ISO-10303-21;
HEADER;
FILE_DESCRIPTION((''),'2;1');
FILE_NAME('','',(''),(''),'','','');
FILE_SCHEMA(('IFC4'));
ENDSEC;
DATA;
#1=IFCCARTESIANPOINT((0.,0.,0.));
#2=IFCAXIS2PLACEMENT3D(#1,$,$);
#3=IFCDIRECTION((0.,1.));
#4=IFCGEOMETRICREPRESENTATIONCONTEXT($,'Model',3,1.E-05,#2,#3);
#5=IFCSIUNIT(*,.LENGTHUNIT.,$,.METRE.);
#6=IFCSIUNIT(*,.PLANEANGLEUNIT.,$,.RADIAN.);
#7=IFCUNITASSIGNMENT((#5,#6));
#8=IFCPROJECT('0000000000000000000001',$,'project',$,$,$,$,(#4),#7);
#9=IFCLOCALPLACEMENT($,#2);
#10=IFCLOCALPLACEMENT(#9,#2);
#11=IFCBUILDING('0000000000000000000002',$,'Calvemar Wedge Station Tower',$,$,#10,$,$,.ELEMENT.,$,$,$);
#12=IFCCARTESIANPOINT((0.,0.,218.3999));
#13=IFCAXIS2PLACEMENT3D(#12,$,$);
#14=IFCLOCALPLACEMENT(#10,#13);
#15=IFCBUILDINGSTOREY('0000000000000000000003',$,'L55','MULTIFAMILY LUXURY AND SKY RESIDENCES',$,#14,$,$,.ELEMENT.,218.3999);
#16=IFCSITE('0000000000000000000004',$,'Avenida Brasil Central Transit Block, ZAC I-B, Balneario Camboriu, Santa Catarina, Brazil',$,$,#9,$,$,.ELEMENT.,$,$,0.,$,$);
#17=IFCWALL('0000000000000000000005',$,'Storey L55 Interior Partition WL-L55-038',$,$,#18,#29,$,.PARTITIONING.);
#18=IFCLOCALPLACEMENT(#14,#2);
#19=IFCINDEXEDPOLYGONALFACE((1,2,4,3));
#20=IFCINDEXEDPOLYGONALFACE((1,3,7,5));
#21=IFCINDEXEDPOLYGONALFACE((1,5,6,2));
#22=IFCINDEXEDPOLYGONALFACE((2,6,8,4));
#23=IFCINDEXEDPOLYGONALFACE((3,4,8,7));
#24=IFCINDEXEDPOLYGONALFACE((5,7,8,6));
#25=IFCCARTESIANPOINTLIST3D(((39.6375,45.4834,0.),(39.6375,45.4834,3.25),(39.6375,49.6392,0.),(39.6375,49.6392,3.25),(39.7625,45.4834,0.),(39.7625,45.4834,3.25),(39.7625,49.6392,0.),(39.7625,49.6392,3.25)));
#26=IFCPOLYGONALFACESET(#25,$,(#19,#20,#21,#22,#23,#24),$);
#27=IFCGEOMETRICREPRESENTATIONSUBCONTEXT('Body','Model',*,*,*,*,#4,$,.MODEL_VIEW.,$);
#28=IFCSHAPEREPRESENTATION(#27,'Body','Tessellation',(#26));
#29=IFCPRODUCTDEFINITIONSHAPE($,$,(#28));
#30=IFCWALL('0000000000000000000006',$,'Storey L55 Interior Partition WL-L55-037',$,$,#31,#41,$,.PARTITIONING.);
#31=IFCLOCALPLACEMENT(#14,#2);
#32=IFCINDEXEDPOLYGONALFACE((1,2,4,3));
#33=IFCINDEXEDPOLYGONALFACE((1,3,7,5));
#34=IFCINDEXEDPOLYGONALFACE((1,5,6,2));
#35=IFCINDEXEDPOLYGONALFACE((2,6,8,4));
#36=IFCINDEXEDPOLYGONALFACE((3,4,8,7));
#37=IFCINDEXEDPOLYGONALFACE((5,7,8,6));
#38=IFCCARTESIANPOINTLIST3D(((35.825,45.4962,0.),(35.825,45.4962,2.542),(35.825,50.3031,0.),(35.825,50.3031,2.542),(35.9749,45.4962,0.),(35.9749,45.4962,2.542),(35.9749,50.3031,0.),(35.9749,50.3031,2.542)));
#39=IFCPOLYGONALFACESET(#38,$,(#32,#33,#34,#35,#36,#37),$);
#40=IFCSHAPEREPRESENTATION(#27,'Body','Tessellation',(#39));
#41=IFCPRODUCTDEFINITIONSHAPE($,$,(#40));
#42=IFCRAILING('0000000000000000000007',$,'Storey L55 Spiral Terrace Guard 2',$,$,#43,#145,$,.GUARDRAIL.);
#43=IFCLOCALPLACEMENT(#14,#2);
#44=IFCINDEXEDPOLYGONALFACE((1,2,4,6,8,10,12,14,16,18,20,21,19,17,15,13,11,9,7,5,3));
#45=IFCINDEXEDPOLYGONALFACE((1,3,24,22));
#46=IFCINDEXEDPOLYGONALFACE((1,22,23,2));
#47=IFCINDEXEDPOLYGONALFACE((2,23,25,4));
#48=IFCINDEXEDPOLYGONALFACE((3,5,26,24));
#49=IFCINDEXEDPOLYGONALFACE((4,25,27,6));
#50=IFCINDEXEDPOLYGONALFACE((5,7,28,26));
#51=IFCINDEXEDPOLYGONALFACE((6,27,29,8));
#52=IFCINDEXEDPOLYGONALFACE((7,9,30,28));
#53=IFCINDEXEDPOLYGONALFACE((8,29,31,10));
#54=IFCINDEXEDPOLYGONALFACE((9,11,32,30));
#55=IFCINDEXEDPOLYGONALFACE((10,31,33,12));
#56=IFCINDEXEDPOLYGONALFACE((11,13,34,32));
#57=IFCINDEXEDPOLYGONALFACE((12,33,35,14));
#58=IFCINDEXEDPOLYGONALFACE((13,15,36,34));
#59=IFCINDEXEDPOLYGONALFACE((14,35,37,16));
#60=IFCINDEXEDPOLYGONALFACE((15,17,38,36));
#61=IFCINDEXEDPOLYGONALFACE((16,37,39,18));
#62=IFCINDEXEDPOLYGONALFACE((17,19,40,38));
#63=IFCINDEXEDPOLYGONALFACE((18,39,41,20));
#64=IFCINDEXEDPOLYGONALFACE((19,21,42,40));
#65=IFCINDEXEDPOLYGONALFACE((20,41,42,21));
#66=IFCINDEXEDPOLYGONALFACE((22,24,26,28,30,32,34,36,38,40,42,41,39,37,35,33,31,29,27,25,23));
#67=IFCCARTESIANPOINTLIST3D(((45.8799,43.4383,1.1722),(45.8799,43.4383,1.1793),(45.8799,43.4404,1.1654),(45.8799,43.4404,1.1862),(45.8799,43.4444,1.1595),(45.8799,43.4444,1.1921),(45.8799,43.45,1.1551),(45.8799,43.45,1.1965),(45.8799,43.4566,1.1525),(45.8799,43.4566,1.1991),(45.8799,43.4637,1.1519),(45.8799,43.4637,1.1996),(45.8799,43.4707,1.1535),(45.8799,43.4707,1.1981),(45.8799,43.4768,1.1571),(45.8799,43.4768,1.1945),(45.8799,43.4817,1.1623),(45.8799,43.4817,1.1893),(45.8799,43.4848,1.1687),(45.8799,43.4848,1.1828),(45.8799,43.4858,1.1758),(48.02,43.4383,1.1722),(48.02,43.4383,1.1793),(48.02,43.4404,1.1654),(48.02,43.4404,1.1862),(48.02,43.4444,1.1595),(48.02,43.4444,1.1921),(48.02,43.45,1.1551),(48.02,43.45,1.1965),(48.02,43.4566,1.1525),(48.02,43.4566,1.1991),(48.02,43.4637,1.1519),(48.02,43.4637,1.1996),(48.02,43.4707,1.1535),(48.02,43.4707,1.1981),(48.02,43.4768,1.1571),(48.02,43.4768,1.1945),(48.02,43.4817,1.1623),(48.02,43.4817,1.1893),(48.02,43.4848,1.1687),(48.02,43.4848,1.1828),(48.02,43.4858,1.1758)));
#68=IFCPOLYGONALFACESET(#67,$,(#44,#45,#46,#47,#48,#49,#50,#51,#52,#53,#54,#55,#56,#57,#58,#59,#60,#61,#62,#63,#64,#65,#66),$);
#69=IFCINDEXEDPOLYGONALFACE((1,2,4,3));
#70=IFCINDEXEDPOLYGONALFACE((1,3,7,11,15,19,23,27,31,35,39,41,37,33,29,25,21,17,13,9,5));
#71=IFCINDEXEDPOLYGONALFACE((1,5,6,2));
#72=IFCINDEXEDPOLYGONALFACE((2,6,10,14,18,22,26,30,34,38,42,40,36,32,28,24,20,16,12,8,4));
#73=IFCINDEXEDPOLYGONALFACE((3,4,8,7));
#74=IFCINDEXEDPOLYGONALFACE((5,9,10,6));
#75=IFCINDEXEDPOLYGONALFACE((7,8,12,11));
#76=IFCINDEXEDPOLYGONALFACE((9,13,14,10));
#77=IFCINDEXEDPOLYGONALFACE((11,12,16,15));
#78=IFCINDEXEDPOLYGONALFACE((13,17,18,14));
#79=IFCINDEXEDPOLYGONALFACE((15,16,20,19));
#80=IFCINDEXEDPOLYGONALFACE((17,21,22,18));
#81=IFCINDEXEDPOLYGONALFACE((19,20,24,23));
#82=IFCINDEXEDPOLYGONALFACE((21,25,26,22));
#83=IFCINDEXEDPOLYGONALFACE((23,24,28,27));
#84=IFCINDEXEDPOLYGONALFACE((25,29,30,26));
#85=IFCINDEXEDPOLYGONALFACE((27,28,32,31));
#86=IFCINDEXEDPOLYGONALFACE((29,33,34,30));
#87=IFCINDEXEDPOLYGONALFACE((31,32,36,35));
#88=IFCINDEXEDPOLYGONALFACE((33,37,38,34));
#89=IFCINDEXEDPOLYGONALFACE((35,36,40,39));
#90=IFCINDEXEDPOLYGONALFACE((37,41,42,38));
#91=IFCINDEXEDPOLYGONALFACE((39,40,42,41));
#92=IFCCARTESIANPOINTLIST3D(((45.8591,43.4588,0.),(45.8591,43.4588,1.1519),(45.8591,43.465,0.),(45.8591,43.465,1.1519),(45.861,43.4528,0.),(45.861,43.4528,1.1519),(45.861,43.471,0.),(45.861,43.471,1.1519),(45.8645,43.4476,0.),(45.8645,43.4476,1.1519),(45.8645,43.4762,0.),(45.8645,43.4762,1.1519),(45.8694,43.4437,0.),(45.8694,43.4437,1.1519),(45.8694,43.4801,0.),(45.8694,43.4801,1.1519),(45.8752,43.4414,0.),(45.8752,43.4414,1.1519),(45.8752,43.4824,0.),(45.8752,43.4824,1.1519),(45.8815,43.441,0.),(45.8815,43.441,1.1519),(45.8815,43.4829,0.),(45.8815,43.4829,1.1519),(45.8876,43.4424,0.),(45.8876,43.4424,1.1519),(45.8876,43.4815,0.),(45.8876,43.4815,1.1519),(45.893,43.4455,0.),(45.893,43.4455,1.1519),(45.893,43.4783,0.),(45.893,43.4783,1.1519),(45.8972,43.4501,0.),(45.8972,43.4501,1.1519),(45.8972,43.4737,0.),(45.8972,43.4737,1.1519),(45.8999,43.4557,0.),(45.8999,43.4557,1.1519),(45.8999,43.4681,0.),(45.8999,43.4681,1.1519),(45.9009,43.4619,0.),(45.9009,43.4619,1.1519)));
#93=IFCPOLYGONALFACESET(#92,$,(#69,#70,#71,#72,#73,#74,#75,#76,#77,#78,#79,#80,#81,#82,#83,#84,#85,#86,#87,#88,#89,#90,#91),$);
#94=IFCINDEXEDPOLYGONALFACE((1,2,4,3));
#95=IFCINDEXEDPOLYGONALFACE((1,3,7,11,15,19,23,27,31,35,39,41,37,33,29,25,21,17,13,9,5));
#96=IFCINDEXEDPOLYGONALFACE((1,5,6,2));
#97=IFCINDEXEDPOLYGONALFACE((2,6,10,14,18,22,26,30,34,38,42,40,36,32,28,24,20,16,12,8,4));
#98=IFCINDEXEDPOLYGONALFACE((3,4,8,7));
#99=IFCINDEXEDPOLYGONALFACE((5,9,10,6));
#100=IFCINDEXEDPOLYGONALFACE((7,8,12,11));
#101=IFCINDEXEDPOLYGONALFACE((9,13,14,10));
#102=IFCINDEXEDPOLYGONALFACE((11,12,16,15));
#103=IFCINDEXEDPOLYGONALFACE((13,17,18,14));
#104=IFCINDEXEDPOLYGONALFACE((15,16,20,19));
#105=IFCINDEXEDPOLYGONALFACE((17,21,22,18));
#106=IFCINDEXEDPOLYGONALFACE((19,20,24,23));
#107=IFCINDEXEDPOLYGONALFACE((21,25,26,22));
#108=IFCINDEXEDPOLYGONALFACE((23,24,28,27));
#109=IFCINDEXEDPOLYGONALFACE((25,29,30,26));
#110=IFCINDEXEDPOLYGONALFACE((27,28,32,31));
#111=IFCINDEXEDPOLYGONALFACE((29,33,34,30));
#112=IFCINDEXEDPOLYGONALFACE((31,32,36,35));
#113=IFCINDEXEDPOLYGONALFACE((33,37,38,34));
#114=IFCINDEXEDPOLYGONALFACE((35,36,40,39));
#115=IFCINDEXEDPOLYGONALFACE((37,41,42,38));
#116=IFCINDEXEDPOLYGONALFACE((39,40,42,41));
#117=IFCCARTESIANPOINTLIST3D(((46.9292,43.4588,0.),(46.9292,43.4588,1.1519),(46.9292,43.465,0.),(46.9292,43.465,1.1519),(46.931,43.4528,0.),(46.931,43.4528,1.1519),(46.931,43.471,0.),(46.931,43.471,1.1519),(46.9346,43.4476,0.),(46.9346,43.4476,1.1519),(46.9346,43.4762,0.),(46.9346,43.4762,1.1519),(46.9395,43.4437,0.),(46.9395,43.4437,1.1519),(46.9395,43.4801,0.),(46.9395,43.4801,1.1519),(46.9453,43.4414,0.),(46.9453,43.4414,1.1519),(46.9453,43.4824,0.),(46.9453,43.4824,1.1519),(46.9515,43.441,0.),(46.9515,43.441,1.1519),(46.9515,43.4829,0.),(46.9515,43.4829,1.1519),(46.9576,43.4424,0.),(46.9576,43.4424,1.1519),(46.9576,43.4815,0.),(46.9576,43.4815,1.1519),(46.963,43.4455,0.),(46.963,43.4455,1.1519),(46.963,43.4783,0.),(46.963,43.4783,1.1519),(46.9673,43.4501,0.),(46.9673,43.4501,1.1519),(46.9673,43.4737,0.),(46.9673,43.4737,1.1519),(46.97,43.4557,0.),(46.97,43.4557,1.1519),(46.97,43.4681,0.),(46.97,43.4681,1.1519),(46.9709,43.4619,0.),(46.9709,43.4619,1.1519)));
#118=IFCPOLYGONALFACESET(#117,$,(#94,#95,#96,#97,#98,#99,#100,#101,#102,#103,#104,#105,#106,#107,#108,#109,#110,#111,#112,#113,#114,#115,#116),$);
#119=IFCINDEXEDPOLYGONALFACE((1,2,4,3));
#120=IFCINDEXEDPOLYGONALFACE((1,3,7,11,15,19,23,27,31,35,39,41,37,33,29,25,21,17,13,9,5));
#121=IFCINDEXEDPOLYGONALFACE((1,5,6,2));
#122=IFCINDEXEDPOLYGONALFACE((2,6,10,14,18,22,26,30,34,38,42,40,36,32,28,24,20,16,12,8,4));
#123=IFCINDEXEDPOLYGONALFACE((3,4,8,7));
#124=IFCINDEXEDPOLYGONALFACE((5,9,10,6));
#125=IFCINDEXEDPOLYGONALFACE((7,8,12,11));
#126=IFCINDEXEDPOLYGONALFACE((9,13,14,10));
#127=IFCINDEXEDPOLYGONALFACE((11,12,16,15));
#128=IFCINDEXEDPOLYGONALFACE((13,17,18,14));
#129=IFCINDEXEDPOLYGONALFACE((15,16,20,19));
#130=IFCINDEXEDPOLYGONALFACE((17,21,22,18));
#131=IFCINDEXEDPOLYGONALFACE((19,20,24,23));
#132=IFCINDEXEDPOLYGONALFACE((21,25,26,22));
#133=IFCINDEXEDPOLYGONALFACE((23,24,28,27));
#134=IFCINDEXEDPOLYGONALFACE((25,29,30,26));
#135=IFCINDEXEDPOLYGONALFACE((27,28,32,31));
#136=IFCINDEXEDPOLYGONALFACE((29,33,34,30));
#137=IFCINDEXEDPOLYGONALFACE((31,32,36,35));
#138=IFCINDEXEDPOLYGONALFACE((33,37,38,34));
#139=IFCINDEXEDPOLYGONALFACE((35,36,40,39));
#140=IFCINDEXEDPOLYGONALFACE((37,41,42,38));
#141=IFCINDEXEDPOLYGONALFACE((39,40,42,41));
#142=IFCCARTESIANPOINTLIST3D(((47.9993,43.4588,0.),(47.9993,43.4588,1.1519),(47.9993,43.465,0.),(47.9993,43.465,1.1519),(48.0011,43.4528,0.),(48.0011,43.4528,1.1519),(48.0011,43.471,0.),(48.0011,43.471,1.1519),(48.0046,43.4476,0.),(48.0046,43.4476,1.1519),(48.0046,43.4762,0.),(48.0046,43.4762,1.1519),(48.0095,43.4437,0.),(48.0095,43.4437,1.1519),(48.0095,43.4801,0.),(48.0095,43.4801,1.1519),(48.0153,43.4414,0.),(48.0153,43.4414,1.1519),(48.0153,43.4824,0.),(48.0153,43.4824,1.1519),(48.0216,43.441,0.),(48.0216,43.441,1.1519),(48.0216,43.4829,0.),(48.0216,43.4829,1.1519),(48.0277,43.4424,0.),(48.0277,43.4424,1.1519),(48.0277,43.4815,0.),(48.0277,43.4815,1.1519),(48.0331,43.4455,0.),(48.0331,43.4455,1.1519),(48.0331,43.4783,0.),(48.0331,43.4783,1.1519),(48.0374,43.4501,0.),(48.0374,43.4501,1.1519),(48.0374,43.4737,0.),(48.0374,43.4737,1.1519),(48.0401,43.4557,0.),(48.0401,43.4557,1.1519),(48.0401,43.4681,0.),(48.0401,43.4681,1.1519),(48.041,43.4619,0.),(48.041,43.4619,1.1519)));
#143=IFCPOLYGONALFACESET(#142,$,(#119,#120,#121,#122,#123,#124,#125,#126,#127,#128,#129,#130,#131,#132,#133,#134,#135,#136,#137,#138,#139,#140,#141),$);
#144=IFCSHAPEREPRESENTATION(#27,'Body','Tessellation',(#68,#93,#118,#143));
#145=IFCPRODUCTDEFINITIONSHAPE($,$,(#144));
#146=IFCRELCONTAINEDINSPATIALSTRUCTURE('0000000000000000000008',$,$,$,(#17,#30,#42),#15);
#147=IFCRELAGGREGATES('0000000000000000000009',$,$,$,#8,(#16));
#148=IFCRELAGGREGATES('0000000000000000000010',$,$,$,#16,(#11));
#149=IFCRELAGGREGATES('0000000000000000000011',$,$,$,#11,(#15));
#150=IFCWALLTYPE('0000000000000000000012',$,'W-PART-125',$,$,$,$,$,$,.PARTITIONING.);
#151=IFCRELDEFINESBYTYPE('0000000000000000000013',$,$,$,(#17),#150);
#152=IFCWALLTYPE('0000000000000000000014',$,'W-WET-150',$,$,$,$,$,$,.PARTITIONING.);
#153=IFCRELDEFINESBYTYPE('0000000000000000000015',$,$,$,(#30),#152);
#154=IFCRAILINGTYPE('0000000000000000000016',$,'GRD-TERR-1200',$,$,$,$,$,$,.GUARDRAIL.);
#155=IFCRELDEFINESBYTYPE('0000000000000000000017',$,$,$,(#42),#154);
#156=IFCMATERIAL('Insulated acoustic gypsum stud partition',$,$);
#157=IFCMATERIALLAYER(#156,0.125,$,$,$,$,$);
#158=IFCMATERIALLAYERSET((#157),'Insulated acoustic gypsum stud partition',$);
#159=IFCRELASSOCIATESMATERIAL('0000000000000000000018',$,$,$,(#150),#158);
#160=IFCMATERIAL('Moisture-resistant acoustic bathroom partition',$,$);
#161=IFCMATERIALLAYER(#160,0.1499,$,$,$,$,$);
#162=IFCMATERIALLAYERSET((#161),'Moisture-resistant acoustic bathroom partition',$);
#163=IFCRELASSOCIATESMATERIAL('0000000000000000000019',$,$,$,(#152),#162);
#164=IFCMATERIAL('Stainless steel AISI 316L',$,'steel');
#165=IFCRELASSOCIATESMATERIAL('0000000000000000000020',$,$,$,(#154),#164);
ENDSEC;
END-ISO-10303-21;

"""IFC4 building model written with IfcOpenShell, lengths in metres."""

from ifc_helpers import new_model, si_unit, direction, frame, frame_2d, origin, origin_2d, place, context, subcontext, project, spatial, rectangle, circle, extrude, material, layer, layer_set, type_object, element, save


model = new_model("IFC4")

# Units and contexts
model_context = context("Model", 3, precision=1e-05, world=origin(), true_north=direction((0.0, 1.0)))
body_context = subcontext(model_context, "Body", "Model", "MODEL_VIEW")
ifc_project = project(units=[si_unit("LENGTHUNIT", "METRE"), si_unit("PLANEANGLEUNIT", "RADIAN")], contexts=[model_context])

# Site, building, storey
site_placement = place(None, origin())
site = spatial("IfcSite", under=ifc_project, at=site_placement, Name="Avenida Brasil Central Transit Block, ZAC I-B, Balneario Camboriu, Santa Catarina, Brazil", CompositionType="ELEMENT", RefElevation=0.0)
building_placement = place(site_placement, origin())
building = spatial("IfcBuilding", under=site, at=building_placement, Name="Calvemar Wedge Station Tower", CompositionType="ELEMENT")
storey_placement = place(building_placement, frame((0.0, 0.0, 218.3999)))
storey = spatial("IfcBuildingStorey", under=building, at=storey_placement, Name="L55", Description="MULTIFAMILY LUXURY AND SKY RESIDENCES", CompositionType="ELEMENT", Elevation=218.3999)

# Shared definitions
ifc_material_1 = material(Name="Insulated acoustic gypsum stud partition")
ifc_layer_1 = layer(ifc_material_1, 0.125)
ifc_layer_set_1 = layer_set([ifc_layer_1], Name="Insulated acoustic gypsum stud partition")
wall_type_1 = type_object("IfcWallType", Name="W-PART-125", PredefinedType="PARTITIONING", material=ifc_layer_set_1)

# Wall
wall_1_placement = place(storey_placement, frame((39.7, 49.6392, 0.0), z_axis=(0.0, 0.0, 1.0), x_axis=(0.0, -1.0, 0.0)))
element("IfcWall", 1, at=wall_1_placement, inside=storey, type_object=wall_type_1, Name="Storey L55 Interior Partition WL-L55-038", PredefinedType="PARTITIONING", context=body_context, shape_type="SweptSolid", body=[
    extrude(rectangle(XDim=4.1558, YDim=0.125, at=frame_2d((2.0779, 0.0))), origin(), (0.0, 0.0, 1.0), 3.25),
])

# Shared definitions
ifc_material_2 = material(Name="Moisture-resistant acoustic bathroom partition")
ifc_layer_2 = layer(ifc_material_2, 0.1499)
ifc_layer_set_2 = layer_set([ifc_layer_2], Name="Moisture-resistant acoustic bathroom partition")
wall_type_2 = type_object("IfcWallType", Name="W-WET-150", PredefinedType="PARTITIONING", material=ifc_layer_set_2)

# Wall
wall_2_placement = place(storey_placement, frame((35.8999, 50.303, 0.0), z_axis=(0.0, 0.0, 1.0), x_axis=(0.0, -1.0, 0.0)))
element("IfcWall", 2, at=wall_2_placement, inside=storey, type_object=wall_type_2, Name="Storey L55 Interior Partition WL-L55-037", PredefinedType="PARTITIONING", context=body_context, shape_type="SweptSolid", body=[
    extrude(rectangle(XDim=4.8069, YDim=0.1499, at=frame_2d((2.4033, 0.0))), origin(), (0.0, 0.0, 1.0), 2.542),
])

# Railing
ifc_material_3 = material(Name="Stainless steel AISI 316L", Category="steel")
railing_type = type_object("IfcRailingType", Name="GRD-TERR-1200", PredefinedType="GUARDRAIL", material=ifc_material_3)
railing_1_placement = place(storey_placement, frame((45.8799, 43.4619, 0.0)))
element("IfcRailing", 3, at=railing_1_placement, inside=storey, type_object=railing_type, Name="Storey L55 Spiral Terrace Guard 2", PredefinedType="GUARDRAIL", context=body_context, shape_type="SweptSolid", body=[
    extrude(circle(Radius=0.0239, at=origin_2d()), frame((0.0, 0.0, 1.1758), z_axis=(1.0, 0.0, 0.0), x_axis=(0.0, 1.0, 0.0)), (0.0, 0.0, 1.0), 2.1401),
    extrude(circle(Radius=0.021, at=origin_2d()), origin(), (0.0, 0.0, 1.0), 1.1519),
    extrude(circle(Radius=0.021, at=origin_2d()), frame((1.0701, 0.0, 0.0)), (0.0, 0.0, 1.0), 1.1519),
    extrude(circle(Radius=0.021, at=origin_2d()), frame((2.1401, 0.0, 0.0)), (0.0, 0.0, 1.0), 1.1519),
])

save(model, "model.ifc")
